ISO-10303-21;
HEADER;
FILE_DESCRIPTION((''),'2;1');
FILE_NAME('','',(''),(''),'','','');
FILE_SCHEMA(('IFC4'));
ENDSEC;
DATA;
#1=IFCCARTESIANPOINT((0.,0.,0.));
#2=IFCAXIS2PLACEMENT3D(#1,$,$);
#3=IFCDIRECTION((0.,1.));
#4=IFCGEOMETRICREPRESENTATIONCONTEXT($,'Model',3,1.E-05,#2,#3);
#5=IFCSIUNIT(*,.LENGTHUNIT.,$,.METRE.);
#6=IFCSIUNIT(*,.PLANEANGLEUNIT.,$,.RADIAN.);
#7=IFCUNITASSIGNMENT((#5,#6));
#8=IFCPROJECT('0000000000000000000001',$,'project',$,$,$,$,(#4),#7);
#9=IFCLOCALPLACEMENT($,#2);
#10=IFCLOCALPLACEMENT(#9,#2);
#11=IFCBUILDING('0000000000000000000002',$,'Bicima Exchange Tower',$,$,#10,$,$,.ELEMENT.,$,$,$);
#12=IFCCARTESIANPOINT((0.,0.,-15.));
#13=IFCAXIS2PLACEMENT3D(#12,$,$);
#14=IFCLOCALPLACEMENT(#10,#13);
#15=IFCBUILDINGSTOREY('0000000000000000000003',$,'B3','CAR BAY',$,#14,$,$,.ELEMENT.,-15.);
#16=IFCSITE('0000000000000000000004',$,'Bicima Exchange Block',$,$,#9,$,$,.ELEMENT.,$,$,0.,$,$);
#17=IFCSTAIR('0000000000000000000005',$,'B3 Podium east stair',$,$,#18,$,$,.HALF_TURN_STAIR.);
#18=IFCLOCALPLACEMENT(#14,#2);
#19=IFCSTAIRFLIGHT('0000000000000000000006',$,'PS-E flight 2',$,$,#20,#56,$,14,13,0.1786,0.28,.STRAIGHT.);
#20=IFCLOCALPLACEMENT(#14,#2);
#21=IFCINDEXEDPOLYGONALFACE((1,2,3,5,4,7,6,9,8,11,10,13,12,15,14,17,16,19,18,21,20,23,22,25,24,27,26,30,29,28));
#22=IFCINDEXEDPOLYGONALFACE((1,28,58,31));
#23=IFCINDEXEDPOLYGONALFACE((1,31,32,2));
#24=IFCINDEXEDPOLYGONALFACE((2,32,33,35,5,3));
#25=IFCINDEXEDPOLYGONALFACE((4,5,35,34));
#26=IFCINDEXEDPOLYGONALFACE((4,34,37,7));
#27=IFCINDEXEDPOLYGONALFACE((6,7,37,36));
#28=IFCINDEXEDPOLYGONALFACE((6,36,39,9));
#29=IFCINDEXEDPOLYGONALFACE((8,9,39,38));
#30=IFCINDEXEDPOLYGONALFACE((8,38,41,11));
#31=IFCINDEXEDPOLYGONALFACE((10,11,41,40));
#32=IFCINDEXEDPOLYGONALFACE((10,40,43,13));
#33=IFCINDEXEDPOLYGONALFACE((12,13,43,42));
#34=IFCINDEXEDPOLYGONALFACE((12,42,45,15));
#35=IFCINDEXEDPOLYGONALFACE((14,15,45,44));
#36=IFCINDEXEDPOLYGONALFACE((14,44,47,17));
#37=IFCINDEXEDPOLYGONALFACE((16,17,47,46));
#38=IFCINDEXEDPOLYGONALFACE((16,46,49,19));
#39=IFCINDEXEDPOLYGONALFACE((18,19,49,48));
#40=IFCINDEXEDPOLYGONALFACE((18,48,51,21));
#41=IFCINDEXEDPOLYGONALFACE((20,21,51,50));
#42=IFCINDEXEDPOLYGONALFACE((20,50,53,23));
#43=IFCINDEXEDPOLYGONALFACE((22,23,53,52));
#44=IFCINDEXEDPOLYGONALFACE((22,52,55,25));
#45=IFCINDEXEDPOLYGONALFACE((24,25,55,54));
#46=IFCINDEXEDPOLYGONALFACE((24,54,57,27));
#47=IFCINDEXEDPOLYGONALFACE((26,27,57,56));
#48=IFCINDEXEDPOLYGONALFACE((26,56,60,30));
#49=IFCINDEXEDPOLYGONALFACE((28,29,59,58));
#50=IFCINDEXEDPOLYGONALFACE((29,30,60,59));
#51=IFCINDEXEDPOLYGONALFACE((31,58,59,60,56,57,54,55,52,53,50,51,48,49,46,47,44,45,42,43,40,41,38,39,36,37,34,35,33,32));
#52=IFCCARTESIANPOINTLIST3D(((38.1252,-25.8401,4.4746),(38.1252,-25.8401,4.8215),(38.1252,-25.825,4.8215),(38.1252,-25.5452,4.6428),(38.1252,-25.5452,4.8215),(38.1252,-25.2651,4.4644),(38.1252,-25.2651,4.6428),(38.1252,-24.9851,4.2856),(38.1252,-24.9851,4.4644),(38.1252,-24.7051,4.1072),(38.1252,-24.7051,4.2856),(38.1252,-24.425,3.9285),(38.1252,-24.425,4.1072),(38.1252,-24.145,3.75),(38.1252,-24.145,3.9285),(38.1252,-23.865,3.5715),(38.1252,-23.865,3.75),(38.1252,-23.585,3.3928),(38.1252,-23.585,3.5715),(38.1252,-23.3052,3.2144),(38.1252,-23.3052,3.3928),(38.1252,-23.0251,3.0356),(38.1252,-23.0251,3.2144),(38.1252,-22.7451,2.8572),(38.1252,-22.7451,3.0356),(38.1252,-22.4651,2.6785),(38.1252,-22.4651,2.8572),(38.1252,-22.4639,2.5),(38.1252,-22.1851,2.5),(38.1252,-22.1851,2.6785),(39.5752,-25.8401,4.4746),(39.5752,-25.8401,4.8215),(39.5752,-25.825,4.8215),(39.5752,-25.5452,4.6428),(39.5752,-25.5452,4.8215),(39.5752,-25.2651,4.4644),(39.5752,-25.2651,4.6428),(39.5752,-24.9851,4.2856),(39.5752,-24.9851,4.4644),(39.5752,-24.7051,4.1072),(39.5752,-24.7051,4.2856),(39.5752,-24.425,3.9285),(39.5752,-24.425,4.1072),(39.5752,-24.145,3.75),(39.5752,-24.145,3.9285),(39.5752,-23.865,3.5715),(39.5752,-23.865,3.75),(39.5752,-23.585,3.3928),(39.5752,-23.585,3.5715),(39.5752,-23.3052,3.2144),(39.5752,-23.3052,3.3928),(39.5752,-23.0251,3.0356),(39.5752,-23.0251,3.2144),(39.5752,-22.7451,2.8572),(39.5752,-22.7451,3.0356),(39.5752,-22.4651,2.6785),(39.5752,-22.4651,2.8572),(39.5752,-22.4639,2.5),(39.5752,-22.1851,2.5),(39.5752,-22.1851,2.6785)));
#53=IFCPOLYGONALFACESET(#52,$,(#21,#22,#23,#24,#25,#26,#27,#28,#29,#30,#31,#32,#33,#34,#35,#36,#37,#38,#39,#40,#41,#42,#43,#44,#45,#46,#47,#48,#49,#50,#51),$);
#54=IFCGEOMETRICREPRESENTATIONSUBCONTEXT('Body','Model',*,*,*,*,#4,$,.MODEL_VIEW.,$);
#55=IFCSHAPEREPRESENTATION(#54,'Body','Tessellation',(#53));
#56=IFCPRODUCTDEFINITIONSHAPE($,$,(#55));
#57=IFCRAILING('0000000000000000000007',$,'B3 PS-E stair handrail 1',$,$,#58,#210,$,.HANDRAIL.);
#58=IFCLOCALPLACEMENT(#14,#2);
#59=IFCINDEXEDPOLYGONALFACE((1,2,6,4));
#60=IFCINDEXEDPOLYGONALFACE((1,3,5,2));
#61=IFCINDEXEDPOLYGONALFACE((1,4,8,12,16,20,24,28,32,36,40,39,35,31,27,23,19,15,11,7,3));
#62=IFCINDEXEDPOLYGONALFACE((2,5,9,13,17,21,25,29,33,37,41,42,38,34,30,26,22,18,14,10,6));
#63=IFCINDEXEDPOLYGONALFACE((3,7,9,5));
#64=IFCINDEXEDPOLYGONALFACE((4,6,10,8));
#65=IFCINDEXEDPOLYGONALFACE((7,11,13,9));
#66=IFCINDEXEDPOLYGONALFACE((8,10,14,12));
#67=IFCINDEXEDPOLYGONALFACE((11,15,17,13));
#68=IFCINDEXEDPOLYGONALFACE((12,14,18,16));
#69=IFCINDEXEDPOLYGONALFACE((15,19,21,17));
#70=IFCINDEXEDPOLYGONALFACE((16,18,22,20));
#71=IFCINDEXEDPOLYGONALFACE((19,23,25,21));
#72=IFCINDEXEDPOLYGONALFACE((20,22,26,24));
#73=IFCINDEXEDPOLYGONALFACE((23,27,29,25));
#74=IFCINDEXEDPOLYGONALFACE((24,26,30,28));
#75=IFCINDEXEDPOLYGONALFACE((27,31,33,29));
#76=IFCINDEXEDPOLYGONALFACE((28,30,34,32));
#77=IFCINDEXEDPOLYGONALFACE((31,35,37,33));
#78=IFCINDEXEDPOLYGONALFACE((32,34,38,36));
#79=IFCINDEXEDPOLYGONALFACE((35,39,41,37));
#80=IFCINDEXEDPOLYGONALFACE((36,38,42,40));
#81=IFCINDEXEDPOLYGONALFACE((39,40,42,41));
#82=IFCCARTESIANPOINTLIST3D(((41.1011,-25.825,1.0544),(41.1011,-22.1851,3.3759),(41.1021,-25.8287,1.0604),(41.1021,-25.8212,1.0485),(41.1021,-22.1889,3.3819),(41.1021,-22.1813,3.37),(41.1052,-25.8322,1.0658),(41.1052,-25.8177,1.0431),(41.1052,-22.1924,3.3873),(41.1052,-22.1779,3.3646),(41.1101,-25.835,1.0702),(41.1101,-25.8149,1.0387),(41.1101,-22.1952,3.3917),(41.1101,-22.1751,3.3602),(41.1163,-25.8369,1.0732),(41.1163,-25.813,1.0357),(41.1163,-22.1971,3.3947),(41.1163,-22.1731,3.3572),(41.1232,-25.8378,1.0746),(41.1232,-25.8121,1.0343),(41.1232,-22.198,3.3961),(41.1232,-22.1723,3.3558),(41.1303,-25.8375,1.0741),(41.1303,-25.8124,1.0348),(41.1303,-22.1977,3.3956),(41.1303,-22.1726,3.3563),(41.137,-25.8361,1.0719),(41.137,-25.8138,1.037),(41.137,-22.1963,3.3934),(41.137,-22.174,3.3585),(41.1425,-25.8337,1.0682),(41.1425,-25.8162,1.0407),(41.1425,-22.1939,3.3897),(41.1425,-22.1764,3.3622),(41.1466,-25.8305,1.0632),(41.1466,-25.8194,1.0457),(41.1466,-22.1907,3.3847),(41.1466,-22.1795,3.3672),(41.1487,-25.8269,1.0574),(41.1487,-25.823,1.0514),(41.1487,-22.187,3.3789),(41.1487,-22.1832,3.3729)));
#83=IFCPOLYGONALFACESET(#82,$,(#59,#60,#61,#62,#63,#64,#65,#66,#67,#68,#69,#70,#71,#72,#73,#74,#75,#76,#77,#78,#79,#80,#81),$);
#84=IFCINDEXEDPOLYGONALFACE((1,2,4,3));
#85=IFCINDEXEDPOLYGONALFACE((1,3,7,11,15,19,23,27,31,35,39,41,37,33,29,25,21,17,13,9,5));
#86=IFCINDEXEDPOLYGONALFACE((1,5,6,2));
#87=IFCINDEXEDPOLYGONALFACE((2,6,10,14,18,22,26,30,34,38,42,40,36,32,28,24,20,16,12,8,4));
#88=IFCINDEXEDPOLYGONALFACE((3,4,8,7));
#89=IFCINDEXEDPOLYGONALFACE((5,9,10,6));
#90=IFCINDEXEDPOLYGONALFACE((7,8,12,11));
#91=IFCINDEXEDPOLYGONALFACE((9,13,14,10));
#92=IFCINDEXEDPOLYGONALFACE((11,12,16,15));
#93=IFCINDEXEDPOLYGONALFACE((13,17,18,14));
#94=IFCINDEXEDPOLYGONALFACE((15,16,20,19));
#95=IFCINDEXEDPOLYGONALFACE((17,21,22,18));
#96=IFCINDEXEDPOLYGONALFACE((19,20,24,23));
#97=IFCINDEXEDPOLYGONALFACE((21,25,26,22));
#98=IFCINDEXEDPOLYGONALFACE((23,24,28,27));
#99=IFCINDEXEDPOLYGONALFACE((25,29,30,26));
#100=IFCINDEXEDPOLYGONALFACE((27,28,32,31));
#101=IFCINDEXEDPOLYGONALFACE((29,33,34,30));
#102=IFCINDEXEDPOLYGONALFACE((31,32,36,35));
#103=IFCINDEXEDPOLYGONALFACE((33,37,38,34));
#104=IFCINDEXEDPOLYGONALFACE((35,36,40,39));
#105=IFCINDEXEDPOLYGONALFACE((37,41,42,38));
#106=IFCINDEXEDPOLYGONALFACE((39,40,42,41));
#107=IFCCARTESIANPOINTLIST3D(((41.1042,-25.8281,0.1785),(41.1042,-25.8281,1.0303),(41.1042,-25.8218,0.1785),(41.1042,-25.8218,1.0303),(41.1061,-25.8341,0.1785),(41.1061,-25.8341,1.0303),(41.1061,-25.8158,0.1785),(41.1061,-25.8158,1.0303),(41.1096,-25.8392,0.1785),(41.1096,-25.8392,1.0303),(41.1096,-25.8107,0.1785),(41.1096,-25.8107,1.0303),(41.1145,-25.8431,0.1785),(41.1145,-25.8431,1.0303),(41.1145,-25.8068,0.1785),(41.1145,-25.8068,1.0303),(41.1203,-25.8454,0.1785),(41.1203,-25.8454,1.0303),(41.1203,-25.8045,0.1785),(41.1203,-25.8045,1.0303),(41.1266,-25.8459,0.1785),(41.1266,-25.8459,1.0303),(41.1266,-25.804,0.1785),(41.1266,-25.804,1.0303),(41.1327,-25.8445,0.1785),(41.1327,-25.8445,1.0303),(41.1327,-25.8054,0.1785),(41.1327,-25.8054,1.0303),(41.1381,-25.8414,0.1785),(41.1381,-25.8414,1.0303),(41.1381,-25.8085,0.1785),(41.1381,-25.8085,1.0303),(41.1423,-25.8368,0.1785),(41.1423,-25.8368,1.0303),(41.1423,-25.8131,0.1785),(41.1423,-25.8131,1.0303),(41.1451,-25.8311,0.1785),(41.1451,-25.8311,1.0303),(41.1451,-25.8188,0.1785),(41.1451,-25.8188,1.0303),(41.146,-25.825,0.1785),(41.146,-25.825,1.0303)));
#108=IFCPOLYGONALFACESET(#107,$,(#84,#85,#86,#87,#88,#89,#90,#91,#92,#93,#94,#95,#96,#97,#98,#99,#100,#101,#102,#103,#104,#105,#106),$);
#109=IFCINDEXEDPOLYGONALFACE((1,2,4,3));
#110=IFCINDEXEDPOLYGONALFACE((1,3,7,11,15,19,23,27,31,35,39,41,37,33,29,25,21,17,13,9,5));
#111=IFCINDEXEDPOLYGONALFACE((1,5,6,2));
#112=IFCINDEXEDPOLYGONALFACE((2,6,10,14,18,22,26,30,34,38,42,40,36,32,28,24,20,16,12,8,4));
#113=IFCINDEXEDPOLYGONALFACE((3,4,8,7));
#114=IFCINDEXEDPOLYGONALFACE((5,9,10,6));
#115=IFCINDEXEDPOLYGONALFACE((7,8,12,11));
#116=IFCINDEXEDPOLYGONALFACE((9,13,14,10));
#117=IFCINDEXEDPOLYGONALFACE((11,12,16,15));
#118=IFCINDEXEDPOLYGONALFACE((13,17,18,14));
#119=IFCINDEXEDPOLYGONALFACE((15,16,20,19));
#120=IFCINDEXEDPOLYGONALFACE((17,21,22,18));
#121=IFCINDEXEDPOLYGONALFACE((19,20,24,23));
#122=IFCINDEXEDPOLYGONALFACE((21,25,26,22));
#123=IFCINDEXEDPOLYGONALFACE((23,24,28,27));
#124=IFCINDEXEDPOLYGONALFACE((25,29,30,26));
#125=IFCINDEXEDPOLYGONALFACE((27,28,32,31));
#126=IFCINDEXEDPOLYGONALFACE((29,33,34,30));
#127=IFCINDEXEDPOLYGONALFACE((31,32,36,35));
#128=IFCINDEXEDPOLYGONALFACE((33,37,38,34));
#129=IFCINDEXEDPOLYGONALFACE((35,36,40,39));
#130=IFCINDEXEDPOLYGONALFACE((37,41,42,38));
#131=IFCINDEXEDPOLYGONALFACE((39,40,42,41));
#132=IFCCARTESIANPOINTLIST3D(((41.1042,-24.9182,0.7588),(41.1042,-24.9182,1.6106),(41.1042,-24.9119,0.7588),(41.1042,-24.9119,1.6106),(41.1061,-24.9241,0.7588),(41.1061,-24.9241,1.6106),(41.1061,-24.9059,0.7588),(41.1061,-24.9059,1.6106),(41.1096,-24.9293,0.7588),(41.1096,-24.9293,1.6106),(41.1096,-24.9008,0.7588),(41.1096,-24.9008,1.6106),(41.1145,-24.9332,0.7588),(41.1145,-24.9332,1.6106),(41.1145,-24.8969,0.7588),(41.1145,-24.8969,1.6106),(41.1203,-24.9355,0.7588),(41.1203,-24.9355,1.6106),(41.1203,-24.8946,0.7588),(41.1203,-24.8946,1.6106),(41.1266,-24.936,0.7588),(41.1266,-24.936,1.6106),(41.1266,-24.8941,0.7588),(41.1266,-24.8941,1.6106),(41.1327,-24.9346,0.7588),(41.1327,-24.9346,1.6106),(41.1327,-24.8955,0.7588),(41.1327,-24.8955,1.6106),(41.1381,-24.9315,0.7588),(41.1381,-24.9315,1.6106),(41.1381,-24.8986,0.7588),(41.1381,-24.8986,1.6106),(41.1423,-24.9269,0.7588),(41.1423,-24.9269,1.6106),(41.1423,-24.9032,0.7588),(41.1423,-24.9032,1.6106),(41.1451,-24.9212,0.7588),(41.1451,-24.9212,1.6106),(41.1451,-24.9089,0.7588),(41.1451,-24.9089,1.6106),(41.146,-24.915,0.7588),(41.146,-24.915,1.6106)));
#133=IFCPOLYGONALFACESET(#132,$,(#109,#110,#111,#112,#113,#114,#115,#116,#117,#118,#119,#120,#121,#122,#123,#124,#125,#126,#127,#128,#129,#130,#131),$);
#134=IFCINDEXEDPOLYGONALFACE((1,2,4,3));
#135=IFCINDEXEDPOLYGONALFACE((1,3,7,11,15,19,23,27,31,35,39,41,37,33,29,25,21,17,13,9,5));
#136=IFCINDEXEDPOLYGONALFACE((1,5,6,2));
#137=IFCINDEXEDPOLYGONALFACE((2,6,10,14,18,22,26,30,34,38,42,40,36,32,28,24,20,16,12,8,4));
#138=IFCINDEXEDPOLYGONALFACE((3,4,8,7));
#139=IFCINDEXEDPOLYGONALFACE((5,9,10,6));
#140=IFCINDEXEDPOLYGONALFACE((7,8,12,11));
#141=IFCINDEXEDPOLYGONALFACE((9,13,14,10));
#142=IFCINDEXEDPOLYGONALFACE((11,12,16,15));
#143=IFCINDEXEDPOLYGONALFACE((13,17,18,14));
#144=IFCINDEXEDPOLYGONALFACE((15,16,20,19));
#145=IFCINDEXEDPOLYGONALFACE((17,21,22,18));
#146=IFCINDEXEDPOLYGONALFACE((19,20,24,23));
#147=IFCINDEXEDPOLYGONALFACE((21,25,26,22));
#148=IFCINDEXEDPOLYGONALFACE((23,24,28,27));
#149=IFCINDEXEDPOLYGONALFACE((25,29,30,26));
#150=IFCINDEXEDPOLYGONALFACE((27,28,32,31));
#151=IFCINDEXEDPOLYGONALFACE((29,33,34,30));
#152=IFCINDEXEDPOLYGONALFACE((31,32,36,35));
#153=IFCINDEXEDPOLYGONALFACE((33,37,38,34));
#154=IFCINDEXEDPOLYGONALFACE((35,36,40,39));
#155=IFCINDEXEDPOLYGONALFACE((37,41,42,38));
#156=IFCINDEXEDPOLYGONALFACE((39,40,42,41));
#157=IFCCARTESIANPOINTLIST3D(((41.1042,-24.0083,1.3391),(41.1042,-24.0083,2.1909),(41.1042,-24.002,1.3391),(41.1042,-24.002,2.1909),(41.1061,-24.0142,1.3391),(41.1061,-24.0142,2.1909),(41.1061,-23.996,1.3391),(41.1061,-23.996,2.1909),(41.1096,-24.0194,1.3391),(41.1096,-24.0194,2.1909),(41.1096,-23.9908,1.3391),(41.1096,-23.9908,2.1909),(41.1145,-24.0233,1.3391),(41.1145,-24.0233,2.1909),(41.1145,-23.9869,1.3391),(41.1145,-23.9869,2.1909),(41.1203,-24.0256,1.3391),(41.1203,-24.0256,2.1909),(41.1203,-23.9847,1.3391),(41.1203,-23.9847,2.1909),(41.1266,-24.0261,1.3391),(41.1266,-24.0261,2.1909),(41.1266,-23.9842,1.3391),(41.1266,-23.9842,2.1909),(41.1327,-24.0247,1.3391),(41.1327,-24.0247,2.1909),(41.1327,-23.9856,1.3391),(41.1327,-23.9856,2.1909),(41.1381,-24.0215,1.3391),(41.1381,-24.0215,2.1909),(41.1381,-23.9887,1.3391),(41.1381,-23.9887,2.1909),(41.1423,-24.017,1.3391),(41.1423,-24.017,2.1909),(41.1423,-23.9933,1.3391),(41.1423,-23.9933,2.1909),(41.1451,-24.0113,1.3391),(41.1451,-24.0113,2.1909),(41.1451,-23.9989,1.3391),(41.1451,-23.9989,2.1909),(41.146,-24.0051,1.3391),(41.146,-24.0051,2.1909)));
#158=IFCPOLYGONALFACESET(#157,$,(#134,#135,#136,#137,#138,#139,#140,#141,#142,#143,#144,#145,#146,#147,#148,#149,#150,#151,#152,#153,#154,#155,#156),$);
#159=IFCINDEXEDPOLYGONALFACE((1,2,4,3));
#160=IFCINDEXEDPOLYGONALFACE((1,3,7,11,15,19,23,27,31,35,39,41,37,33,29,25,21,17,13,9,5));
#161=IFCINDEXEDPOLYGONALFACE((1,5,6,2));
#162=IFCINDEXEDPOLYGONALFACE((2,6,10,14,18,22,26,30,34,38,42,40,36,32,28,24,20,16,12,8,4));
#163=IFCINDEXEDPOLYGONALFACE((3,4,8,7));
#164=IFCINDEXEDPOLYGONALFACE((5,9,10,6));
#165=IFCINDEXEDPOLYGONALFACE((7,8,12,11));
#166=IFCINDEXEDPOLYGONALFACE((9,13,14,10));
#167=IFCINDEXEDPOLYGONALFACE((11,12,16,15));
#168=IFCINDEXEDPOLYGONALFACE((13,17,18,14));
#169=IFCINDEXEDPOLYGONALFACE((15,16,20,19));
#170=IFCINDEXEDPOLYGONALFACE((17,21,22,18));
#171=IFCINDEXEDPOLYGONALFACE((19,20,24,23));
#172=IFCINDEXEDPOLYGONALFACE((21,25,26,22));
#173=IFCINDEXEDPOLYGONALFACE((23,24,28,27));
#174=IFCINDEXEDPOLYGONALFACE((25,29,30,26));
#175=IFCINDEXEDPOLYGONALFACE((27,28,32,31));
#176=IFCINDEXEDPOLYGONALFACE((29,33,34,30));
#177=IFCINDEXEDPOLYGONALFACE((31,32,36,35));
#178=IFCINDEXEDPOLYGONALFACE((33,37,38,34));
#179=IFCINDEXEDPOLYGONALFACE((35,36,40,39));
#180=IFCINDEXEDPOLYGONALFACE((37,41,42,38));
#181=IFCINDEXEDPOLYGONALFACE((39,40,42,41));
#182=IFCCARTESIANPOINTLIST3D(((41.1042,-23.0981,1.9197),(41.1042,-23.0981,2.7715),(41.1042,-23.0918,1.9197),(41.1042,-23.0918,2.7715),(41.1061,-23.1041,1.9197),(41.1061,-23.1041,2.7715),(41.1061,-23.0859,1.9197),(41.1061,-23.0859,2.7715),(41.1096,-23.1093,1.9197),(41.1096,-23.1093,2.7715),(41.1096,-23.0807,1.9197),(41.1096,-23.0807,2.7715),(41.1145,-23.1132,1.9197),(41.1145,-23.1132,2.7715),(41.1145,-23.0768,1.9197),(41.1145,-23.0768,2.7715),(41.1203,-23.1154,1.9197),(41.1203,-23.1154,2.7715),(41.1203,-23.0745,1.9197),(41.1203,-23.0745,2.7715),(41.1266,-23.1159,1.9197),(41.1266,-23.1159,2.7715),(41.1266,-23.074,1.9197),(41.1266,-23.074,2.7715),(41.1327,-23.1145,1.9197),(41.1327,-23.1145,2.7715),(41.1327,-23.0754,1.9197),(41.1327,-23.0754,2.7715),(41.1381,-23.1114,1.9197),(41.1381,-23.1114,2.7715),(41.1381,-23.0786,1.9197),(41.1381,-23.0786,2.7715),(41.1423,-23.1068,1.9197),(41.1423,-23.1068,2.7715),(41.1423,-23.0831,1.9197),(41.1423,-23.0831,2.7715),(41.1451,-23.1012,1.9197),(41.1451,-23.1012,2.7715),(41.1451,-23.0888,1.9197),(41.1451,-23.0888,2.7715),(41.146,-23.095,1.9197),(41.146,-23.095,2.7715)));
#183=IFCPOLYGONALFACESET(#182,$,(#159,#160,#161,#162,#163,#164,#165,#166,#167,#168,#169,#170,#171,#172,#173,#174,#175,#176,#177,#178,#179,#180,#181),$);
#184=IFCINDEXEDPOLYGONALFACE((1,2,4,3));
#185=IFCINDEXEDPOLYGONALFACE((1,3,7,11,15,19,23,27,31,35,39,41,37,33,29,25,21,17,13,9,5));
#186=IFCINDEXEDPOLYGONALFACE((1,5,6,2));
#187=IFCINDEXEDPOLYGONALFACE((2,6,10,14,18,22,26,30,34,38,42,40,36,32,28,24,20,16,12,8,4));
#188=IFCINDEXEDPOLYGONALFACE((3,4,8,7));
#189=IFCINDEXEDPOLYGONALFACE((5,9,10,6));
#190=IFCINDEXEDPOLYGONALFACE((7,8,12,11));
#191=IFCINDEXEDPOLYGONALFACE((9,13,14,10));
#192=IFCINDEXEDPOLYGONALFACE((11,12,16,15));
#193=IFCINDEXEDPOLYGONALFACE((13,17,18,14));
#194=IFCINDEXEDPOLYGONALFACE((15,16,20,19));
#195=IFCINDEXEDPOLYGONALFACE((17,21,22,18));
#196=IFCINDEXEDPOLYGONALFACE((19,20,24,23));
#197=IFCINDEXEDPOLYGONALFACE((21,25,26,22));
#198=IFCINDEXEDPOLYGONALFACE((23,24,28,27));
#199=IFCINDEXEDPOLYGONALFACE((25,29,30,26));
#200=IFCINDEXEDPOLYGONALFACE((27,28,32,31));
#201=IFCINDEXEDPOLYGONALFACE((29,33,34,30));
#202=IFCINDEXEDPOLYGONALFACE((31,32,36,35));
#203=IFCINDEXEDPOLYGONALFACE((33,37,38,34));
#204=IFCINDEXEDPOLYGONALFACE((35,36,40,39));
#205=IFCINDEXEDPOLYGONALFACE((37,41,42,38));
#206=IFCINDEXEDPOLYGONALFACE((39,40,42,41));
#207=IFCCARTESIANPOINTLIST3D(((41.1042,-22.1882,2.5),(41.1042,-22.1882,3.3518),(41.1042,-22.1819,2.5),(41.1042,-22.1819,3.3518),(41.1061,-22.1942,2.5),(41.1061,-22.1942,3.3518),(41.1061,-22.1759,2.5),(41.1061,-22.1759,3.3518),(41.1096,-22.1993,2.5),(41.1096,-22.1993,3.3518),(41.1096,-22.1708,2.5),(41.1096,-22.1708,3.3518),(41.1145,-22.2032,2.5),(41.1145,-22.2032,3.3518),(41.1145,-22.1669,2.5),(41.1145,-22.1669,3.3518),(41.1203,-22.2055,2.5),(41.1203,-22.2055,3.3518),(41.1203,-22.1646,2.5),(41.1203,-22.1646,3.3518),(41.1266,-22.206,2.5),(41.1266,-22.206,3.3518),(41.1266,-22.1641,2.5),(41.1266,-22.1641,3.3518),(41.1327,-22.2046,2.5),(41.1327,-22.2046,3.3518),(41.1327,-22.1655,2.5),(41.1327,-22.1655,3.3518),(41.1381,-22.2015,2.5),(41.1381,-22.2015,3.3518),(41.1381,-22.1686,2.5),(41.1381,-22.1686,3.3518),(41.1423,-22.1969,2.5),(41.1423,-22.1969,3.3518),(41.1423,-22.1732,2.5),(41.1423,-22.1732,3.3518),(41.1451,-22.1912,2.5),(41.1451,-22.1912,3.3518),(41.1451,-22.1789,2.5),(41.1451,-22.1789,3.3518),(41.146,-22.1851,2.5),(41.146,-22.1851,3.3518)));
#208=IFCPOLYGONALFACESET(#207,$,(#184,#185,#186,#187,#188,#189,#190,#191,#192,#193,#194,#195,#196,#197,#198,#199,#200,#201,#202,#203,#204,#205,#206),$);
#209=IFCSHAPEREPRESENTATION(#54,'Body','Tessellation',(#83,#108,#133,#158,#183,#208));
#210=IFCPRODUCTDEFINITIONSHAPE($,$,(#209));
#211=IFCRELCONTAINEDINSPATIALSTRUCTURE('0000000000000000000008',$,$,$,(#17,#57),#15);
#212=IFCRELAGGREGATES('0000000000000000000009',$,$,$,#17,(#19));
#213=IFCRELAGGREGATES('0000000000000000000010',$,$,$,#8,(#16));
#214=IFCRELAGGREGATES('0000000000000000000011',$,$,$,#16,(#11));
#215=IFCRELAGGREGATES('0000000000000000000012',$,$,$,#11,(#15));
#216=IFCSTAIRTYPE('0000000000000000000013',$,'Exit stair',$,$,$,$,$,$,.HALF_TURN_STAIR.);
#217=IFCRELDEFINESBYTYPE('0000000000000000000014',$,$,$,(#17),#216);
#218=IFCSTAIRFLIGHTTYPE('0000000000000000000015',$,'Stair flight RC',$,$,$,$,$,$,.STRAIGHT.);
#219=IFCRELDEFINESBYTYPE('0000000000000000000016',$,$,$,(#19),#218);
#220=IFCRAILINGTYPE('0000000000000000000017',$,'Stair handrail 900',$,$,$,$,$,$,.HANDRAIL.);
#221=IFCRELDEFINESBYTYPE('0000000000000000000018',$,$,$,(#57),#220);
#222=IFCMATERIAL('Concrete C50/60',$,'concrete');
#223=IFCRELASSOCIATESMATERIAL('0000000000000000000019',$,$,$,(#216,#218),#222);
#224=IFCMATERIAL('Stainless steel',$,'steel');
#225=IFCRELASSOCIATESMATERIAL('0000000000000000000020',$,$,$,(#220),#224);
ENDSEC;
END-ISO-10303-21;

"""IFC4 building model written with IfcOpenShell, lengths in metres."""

from ifc_helpers import new_model, si_unit, direction, frame, origin, origin_2d, place, context, subcontext, project, spatial, polyline, circle, outline, extrude, material, type_object, element, aggregate, save


model = new_model("IFC4")

# Units and contexts
model_context = context("Model", 3, precision=1e-05, world=origin(), true_north=direction((0.0, 1.0)))
body_context = subcontext(model_context, "Body", "Model", "MODEL_VIEW")
ifc_project = project(units=[si_unit("LENGTHUNIT", "METRE"), si_unit("PLANEANGLEUNIT", "RADIAN")], contexts=[model_context])

# Site, building, storey
site_placement = place(None, origin())
site = spatial("IfcSite", under=ifc_project, at=site_placement, Name="Bicima Exchange Block", CompositionType="ELEMENT", RefElevation=0.0)
building_placement = place(site_placement, origin())
building = spatial("IfcBuilding", under=site, at=building_placement, Name="Bicima Exchange Tower", CompositionType="ELEMENT")
storey_placement = place(building_placement, frame((0.0, 0.0, -15.0)))
storey = spatial("IfcBuildingStorey", under=building, at=storey_placement, Name="B3", Description="CAR BAY", CompositionType="ELEMENT", Elevation=-15.0)

# Shared definitions
ifc_material_1 = material(Name="Concrete C50/60", Category="concrete")

# Stair, stair flight
stair_type = type_object("IfcStairType", Name="Exit stair", PredefinedType="HALF_TURN_STAIR", material=ifc_material_1)
stair_placement = place(storey_placement, origin())
stair = element("IfcStair", 1, at=stair_placement, inside=storey, type_object=stair_type, Name="B3 Podium east stair", PredefinedType="HALF_TURN_STAIR")
stair_flight_type = type_object("IfcStairFlightType", Name="Stair flight RC", PredefinedType="STRAIGHT", material=ifc_material_1)
stair_flight_1_placement = place(storey_placement, frame((38.8501, -22.1851, 2.5), z_axis=(0.0, 0.0, 1.0), x_axis=(0.0, -1.0, 0.0)))
stair_flight_1 = element("IfcStairFlight", 2, at=stair_flight_1_placement, type_object=stair_flight_type, Name="PS-E flight 2", NumberOfRisers=14, NumberOfTreads=13, PredefinedType="STRAIGHT", RiserHeight=0.1786, TreadLength=0.28, context=body_context, shape_type="SweptSolid", body=[
    extrude(outline(polyline([(0.0, 0.0), (0.0, 0.1785), (0.28, 0.1785), (0.28, 0.3572), (0.5601, 0.3572), (0.5601, 0.5356), (0.8401, 0.5356), (0.8401, 0.7144), (1.1201, 0.7144), (1.1201, 0.8928), (1.3999, 0.8928), (1.3999, 1.0715), (1.6799, 1.0715), (1.6799, 1.25), (1.96, 1.25), (1.96, 1.4285), (2.24, 1.4285), (2.24, 1.6072), (2.52, 1.6072), (2.52, 1.7856), (2.8, 1.7856), (2.8, 1.9644), (3.0801, 1.9644), (3.0801, 2.1428), (3.3601, 2.1428), (3.3601, 2.3215), (3.6399, 2.3215), (3.655, 2.3215), (3.655, 1.9746), (0.2788, 0.0), (0.0, 0.0)])), frame((0.0, 0.7251, 0.0), z_axis=(0.0, -1.0, 0.0), x_axis=(1.0, 0.0, 0.0)), (0.0, 0.0, 1.0), 1.45),
])
aggregate(stair, [stair_flight_1])

# Railing
ifc_material_2 = material(Name="Stainless steel", Category="steel")
railing_type_1 = type_object("IfcRailingType", Name="Stair handrail 900", PredefinedType="HANDRAIL", material=ifc_material_2)
railing_1_placement = place(storey_placement, frame((41.125, -25.825, 0.1785)))
element("IfcRailing", 3, at=railing_1_placement, inside=storey, type_object=railing_type_1, Name="B3 PS-E stair handrail 1", PredefinedType="HANDRAIL", context=body_context, shape_type="SweptSolid", body=[
    extrude(circle(Radius=0.0239, at=origin_2d()), frame((0.0, 0.0, 0.876), z_axis=(0.0, 0.843112, 0.537739), x_axis=(-1.0, 0.0, 0.0)), (0.0, 0.0, 1.0), 4.3171),
    extrude(circle(Radius=0.021, at=origin_2d()), origin(), (0.0, 0.0, 1.0), 0.8518),
    extrude(circle(Radius=0.021, at=origin_2d()), frame((0.0, 0.9099, 0.5803)), (0.0, 0.0, 1.0), 0.8518),
    extrude(circle(Radius=0.021, at=origin_2d()), frame((0.0, 1.8198, 1.1606)), (0.0, 0.0, 1.0), 0.8518),
    extrude(circle(Radius=0.021, at=origin_2d()), frame((0.0, 2.73, 1.7412)), (0.0, 0.0, 1.0), 0.8518),
    extrude(circle(Radius=0.021, at=origin_2d()), frame((0.0, 3.6399, 2.3215)), (0.0, 0.0, 1.0), 0.8518),
])

save(model, "model.ifc")
